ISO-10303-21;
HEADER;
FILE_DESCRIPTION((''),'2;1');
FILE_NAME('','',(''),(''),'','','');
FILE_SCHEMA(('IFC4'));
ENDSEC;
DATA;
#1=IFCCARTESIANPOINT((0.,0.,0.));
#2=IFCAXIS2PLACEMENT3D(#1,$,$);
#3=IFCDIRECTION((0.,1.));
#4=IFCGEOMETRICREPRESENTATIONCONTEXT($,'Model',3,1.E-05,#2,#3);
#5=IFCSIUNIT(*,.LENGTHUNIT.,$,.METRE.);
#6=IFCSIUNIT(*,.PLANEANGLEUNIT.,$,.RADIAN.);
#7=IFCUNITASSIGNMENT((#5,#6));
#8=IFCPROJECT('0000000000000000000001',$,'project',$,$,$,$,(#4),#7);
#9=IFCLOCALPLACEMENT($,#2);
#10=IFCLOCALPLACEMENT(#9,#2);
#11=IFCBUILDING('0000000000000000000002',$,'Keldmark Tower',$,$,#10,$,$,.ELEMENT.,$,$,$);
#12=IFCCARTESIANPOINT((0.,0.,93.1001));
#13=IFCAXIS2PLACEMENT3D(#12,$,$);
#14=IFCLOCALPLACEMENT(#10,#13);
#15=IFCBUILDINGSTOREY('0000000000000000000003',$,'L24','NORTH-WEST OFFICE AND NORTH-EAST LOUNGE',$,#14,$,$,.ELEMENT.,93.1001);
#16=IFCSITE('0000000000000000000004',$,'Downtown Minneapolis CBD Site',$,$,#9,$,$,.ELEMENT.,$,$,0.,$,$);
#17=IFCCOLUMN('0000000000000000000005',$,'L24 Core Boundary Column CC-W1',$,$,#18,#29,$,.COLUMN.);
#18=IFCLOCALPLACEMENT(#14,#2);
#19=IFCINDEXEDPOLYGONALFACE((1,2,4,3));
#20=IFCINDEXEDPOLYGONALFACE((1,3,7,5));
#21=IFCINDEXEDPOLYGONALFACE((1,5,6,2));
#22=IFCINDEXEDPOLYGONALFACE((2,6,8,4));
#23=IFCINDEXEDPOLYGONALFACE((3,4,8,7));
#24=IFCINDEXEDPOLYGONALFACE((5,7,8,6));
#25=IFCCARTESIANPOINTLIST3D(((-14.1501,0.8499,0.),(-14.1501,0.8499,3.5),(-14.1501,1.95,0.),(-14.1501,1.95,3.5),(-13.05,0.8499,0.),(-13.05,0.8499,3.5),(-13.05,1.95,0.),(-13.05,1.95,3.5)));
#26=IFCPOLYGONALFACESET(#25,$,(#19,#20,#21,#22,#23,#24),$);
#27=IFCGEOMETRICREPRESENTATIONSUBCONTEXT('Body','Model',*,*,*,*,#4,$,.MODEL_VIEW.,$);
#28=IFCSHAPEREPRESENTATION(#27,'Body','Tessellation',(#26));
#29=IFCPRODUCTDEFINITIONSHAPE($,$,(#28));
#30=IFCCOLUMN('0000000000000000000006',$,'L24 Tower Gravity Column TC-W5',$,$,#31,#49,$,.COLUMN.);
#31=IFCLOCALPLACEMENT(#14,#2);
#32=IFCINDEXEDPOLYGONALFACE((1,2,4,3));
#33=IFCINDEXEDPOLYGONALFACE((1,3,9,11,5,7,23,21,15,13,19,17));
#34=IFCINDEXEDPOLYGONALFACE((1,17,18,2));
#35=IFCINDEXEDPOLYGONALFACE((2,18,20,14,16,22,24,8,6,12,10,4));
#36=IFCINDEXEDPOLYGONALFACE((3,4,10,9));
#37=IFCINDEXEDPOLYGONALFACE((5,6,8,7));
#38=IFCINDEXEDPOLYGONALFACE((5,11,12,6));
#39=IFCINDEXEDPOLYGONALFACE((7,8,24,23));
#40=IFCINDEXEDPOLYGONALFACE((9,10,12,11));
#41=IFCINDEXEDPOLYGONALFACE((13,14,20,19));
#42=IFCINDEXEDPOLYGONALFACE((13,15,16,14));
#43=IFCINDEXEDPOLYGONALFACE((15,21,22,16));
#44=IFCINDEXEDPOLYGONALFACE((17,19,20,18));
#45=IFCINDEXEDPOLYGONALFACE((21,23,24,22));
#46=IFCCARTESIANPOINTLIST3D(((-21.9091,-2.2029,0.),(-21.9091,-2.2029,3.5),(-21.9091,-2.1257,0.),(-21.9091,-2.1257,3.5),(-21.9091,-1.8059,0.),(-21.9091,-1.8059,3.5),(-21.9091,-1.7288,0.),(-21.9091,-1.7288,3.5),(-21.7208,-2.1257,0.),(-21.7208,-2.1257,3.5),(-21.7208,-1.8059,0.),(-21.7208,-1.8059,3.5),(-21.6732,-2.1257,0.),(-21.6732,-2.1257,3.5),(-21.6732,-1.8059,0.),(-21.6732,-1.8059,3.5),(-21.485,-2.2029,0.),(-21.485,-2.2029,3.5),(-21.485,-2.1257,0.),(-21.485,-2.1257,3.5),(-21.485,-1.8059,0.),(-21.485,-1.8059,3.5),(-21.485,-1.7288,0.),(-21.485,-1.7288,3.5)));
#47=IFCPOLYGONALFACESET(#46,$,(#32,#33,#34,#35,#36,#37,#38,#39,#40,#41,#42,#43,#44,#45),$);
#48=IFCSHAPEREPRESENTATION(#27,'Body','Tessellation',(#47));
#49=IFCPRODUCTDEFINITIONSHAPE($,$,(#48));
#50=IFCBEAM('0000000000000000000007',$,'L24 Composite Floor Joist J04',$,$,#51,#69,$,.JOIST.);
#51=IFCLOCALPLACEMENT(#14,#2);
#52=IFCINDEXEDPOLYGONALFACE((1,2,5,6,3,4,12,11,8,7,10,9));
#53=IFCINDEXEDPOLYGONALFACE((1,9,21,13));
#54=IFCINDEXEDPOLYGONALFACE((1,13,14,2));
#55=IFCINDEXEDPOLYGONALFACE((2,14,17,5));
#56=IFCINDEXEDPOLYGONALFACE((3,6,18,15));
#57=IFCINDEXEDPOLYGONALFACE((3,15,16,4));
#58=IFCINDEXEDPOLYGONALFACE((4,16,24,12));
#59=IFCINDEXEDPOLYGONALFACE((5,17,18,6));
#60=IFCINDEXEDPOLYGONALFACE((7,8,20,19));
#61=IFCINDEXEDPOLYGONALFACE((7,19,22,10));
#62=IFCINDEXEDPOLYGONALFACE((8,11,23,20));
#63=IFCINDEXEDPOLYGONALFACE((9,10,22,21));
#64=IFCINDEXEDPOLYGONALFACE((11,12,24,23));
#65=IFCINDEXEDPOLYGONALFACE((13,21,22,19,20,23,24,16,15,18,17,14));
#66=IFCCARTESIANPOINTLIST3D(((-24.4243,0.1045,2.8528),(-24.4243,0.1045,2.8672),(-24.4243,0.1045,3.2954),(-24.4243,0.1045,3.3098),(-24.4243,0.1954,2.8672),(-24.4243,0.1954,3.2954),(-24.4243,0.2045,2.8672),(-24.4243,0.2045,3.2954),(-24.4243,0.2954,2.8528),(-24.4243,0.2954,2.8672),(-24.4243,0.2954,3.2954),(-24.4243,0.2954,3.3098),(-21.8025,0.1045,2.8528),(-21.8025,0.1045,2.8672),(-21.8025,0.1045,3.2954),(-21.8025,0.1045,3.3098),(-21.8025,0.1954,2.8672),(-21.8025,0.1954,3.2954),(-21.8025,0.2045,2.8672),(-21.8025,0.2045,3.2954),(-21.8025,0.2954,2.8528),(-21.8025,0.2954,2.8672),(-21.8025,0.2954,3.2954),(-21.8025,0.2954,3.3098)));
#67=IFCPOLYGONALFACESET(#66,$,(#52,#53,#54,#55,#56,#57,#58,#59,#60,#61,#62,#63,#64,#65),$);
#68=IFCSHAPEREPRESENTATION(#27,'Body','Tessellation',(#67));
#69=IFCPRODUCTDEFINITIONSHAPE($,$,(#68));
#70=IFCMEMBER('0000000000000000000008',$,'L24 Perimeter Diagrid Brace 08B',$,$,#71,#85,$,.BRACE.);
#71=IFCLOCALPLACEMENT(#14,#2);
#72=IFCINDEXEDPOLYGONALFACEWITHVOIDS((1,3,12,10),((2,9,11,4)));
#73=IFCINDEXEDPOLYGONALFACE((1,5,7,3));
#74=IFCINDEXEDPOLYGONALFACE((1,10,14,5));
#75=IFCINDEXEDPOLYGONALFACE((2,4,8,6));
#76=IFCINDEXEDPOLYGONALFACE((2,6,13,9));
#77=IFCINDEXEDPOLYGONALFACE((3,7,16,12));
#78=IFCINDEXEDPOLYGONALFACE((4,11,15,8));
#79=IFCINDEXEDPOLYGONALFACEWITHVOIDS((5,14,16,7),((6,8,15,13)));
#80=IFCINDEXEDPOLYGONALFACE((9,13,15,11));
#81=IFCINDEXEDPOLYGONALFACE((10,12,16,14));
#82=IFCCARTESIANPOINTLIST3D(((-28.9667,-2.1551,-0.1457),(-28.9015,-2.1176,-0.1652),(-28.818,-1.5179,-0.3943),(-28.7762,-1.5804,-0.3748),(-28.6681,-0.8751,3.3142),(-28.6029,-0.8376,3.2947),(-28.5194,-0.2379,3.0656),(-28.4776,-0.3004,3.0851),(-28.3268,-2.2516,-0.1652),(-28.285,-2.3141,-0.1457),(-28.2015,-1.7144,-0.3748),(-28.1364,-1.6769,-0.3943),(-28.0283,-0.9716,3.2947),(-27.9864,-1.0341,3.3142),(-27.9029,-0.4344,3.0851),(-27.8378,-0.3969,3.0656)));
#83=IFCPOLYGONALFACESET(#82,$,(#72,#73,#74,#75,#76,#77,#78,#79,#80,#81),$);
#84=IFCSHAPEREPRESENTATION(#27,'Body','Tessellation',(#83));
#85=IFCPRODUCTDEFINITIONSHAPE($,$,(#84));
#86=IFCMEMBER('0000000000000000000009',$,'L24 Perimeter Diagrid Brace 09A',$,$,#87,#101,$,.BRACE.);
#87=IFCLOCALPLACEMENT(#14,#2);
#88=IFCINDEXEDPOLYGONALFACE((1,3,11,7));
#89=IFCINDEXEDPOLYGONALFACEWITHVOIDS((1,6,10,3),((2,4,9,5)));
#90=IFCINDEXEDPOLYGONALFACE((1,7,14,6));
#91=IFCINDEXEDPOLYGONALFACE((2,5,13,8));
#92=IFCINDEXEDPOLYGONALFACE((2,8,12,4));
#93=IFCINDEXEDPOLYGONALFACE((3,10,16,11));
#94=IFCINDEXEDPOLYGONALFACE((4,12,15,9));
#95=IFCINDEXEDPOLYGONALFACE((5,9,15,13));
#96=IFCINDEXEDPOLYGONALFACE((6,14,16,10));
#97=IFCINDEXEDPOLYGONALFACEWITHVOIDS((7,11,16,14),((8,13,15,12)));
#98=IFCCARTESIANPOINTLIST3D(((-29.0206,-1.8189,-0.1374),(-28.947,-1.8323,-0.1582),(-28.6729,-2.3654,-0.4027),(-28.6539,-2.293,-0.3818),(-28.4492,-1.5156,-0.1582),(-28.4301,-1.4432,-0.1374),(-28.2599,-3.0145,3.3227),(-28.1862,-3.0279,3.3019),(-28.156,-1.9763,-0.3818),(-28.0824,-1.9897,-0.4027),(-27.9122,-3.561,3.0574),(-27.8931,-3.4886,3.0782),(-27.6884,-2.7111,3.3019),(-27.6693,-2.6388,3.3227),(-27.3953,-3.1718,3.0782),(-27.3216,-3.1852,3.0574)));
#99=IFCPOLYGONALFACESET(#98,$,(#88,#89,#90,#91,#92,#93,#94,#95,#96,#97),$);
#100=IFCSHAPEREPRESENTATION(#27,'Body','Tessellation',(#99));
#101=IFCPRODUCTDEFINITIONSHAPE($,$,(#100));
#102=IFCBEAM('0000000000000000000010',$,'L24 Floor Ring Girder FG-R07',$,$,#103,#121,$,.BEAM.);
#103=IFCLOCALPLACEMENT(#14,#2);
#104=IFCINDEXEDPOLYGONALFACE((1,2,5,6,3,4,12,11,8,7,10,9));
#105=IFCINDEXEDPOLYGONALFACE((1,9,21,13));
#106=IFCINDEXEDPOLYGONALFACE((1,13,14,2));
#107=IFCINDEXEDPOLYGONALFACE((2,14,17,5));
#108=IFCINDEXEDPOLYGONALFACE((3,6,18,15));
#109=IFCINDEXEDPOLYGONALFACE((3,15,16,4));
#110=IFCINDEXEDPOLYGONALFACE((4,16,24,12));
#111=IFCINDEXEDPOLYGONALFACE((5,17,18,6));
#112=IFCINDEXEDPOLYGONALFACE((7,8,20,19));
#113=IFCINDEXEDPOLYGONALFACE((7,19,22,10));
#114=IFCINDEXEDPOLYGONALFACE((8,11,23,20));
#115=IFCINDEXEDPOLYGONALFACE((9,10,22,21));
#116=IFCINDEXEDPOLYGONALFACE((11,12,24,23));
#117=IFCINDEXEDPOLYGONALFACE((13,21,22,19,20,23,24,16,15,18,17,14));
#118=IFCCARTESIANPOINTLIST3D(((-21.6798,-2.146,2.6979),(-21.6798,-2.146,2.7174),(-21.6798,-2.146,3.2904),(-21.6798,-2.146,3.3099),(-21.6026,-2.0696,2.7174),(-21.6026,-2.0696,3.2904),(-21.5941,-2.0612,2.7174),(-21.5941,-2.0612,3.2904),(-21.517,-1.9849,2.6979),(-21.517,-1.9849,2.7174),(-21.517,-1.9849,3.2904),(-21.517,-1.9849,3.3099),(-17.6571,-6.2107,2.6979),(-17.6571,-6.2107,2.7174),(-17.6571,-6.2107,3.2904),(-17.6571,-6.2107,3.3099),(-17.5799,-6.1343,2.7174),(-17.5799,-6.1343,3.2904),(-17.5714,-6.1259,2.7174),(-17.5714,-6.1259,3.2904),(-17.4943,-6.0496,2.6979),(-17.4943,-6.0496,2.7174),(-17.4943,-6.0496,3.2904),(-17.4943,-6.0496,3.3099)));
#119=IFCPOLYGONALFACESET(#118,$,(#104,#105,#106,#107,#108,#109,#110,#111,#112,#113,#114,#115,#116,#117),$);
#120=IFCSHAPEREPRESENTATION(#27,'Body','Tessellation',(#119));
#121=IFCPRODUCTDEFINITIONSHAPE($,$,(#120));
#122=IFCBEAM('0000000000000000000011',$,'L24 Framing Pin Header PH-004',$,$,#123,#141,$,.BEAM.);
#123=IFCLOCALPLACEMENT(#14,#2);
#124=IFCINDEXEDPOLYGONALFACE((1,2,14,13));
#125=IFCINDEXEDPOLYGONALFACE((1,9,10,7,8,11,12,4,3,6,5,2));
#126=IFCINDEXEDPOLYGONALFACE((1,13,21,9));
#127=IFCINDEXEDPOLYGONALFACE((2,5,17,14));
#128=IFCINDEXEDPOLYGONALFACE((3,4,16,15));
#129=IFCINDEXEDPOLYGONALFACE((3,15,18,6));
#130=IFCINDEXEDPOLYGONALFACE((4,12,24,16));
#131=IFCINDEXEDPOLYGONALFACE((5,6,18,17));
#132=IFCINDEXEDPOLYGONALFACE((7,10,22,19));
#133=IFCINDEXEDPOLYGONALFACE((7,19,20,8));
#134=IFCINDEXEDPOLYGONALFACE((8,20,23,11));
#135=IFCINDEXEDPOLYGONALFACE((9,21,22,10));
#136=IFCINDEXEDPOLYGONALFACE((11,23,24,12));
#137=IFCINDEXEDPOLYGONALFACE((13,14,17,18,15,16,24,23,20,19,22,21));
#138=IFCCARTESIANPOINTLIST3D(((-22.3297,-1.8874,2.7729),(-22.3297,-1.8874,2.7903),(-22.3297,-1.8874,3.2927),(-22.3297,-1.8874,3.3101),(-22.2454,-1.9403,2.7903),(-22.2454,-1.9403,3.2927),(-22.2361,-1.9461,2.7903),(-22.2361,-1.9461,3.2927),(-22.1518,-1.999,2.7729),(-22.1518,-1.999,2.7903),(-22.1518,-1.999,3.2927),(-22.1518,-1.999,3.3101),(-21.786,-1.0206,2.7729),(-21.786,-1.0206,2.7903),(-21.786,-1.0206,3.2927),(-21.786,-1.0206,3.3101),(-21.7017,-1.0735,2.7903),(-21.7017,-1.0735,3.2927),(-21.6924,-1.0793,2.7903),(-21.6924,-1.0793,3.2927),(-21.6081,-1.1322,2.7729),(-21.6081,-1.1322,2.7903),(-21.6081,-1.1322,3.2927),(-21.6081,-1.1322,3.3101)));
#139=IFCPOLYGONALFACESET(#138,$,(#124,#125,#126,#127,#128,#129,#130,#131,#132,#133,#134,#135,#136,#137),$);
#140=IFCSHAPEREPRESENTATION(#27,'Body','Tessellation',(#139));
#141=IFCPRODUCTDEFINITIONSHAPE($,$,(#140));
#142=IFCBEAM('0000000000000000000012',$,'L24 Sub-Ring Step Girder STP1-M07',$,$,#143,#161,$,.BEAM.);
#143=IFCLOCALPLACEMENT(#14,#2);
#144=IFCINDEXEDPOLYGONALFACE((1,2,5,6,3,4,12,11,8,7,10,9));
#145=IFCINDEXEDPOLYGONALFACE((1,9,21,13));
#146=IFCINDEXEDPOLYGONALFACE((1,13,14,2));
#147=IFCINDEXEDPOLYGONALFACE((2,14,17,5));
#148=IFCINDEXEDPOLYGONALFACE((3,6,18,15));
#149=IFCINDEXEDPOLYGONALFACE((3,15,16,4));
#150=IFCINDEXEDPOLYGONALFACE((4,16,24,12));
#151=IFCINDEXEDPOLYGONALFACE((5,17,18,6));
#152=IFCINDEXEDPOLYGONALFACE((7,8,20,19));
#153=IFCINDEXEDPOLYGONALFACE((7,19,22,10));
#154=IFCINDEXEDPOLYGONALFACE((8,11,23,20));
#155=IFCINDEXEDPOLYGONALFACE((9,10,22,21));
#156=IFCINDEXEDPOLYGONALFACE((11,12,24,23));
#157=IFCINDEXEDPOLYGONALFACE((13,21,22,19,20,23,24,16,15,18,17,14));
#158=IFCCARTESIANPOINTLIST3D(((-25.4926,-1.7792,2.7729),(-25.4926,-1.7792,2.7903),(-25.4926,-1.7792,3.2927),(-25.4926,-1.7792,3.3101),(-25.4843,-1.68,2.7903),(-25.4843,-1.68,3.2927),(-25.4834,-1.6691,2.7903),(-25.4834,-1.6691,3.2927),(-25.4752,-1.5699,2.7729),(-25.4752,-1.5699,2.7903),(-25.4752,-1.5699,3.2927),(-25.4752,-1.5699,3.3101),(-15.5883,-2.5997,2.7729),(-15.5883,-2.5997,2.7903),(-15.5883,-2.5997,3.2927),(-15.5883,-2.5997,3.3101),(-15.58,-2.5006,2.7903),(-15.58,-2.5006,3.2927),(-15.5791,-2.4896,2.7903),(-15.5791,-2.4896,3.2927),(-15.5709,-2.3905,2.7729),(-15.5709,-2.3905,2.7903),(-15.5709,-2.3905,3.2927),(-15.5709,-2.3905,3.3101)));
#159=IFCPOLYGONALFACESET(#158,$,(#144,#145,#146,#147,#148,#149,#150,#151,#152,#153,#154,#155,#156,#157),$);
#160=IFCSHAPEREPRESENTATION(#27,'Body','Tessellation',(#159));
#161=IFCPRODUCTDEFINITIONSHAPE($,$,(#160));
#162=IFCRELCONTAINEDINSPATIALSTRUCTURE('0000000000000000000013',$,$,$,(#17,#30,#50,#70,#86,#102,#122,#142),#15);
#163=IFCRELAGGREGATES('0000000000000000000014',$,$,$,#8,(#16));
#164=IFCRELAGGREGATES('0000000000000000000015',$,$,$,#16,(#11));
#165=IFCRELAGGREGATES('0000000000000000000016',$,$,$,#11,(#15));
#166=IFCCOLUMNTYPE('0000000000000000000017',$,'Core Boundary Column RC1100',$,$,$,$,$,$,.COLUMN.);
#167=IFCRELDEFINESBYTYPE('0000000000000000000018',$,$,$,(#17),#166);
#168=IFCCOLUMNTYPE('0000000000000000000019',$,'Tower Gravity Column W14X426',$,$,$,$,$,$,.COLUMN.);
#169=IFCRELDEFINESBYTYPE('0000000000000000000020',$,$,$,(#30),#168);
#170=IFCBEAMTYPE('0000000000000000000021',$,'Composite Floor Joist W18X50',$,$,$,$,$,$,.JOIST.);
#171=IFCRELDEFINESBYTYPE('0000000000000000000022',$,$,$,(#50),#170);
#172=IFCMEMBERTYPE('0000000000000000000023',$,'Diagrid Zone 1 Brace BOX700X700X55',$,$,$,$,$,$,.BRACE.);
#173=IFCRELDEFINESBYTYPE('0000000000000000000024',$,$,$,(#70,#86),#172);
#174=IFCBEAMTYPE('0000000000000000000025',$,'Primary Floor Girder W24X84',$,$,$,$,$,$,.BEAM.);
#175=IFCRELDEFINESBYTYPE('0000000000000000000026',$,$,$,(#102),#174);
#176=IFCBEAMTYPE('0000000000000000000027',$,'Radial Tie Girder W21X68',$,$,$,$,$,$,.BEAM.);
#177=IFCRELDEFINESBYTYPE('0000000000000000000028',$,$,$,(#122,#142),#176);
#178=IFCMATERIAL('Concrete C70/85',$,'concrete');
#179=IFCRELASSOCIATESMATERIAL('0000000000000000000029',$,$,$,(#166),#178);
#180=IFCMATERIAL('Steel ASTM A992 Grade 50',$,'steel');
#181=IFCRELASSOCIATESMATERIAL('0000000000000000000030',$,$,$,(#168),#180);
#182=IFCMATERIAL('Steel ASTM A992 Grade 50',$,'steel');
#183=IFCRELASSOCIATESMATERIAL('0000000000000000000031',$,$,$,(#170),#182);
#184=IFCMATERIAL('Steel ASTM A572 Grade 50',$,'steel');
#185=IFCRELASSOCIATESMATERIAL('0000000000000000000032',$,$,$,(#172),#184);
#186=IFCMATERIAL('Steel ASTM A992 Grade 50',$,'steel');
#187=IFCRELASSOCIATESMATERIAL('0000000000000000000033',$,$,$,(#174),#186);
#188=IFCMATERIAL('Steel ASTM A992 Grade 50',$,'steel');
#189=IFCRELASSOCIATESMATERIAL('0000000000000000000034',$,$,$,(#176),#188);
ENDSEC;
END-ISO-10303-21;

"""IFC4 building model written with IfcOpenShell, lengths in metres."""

from ifc_helpers import new_model, si_unit, direction, frame, origin, origin_2d, place, context, subcontext, project, spatial, rectangle, hollow_rectangle, i_section, extrude, material, material_profile, profile_set, type_object, element, save


model = new_model("IFC4")

# Units and contexts
model_context = context("Model", 3, precision=1e-05, world=origin(), true_north=direction((0.0, 1.0)))
body_context = subcontext(model_context, "Body", "Model", "MODEL_VIEW")
ifc_project = project(units=[si_unit("LENGTHUNIT", "METRE"), si_unit("PLANEANGLEUNIT", "RADIAN")], contexts=[model_context])

# Site, building, storey
site_placement = place(None, origin())
site = spatial("IfcSite", under=ifc_project, at=site_placement, Name="Downtown Minneapolis CBD Site", CompositionType="ELEMENT", RefElevation=0.0)
building_placement = place(site_placement, origin())
building = spatial("IfcBuilding", under=site, at=building_placement, Name="Keldmark Tower", CompositionType="ELEMENT")
storey_placement = place(building_placement, frame((0.0, 0.0, 93.1001)))
storey = spatial("IfcBuildingStorey", under=building, at=storey_placement, Name="L24", Description="NORTH-WEST OFFICE AND NORTH-EAST LOUNGE", CompositionType="ELEMENT", Elevation=93.1001)

# Columns
ifc_material_1 = material(Name="Concrete C70/85", Category="concrete")
ifc_material_profile_1 = material_profile(ifc_material_1, rectangle(XDim=1.1001, YDim=1.1001, at=origin_2d()), Name="RC1100X1100")
ifc_profile_set_1 = profile_set([ifc_material_profile_1], Name="Concrete C70/85")
column_type_1 = type_object("IfcColumnType", Name="Core Boundary Column RC1100", PredefinedType="COLUMN", material=ifc_profile_set_1)
column_1_placement = place(storey_placement, frame((-13.6001, 1.3999, 0.0), z_axis=(0.0, 0.0, 1.0), x_axis=(1.0, 0.0, 0.0)))
element("IfcColumn", 1, at=column_1_placement, inside=storey, type_object=column_type_1, Name="L24 Core Boundary Column CC-W1", PredefinedType="COLUMN", context=body_context, shape_type="SweptSolid", body=[
    extrude(rectangle(XDim=1.1001, YDim=1.1001, at=origin_2d()), origin(), (0.0, 0.0, 1.0), 3.5),
])
ifc_material_2 = material(Name="Steel ASTM A992 Grade 50", Category="steel")
ifc_material_profile_2 = material_profile(ifc_material_2, i_section(OverallWidth=0.4241, OverallDepth=0.4741, WebThickness=0.0476, FlangeThickness=0.0771, at=origin_2d()), Name="W14X426")
ifc_profile_set_2 = profile_set([ifc_material_profile_2], Name="Steel ASTM A992 Grade 50")
column_type_2 = type_object("IfcColumnType", Name="Tower Gravity Column W14X426", PredefinedType="COLUMN", material=ifc_profile_set_2)
column_2_placement = place(storey_placement, frame((-21.697, -1.9658, 0.0), z_axis=(0.0, 0.0, 1.0), x_axis=(1.0, 0.0, 0.0)))
element("IfcColumn", 2, at=column_2_placement, inside=storey, type_object=column_type_2, Name="L24 Tower Gravity Column TC-W5", PredefinedType="COLUMN", context=body_context, shape_type="SweptSolid", body=[
    extrude(i_section(OverallWidth=0.4241, OverallDepth=0.4741, WebThickness=0.0476, FlangeThickness=0.0771, at=origin_2d()), origin(), (0.0, 0.0, 1.0), 3.5),
])

# Beam
ifc_material_3 = material(Name="Steel ASTM A992 Grade 50", Category="steel")
ifc_material_profile_3 = material_profile(ifc_material_3, i_section(OverallWidth=0.1909, OverallDepth=0.457, WebThickness=0.009, FlangeThickness=0.0144, at=origin_2d()), Name="W18X50")
ifc_profile_set_3 = profile_set([ifc_material_profile_3], Name="Steel ASTM A992 Grade 50")
beam_type_1 = type_object("IfcBeamType", Name="Composite Floor Joist W18X50", PredefinedType="JOIST", material=ifc_profile_set_3)
beam_1_placement = place(storey_placement, frame((-24.4243, 0.2, 3.0813), z_axis=(1.0, 0.0, 0.0), x_axis=(0.0, 1.0, 0.0)))
element("IfcBeam", 3, at=beam_1_placement, inside=storey, type_object=beam_type_1, Name="L24 Composite Floor Joist J04", PredefinedType="JOIST", context=body_context, shape_type="SweptSolid", body=[
    extrude(i_section(OverallWidth=0.1909, OverallDepth=0.457, WebThickness=0.009, FlangeThickness=0.0144, at=origin_2d()), origin(), (0.0, 0.0, 1.0), 2.6218),
])

# Members
ifc_material_4 = material(Name="Steel ASTM A572 Grade 50", Category="steel")
ifc_material_profile_4 = material_profile(ifc_material_4, hollow_rectangle(XDim=0.7, YDim=0.7, WallThickness=0.0549, at=origin_2d()), Name="BOX700X700X55")
ifc_profile_set_4 = profile_set([ifc_material_profile_4], Name="Steel ASTM A572 Grade 50")
member_type = type_object("IfcMemberType", Name="Diagrid Zone 1 Brace BOX700X700X55", PredefinedType="BRACE", material=ifc_profile_set_4)
member_1_placement = place(storey_placement, frame((-28.5515, -1.916, -0.27), z_axis=(0.080672, 0.345841, 0.934819), x_axis=(-0.973856, 0.227165, 0.0)))
element("IfcMember", 4, at=member_1_placement, inside=storey, type_object=member_type, Name="L24 Perimeter Diagrid Brace 08B", PredefinedType="BRACE", context=body_context, shape_type="SweptSolid", body=[
    extrude(hollow_rectangle(XDim=0.7, YDim=0.7, WallThickness=0.0549, at=origin_2d()), origin(), (0.0, 0.0, 1.0), 3.7012),
])
member_2_placement = place(storey_placement, frame((-28.5515, -1.9043, -0.27), z_axis=(0.203467, -0.319761, 0.925394), x_axis=(0.843683, 0.536842, 0.0)))
element("IfcMember", 5, at=member_2_placement, inside=storey, type_object=member_type, Name="L24 Perimeter Diagrid Brace 09A", PredefinedType="BRACE", context=body_context, shape_type="SweptSolid", body=[
    extrude(hollow_rectangle(XDim=0.7, YDim=0.7, WallThickness=0.0549, at=origin_2d()), origin(), (0.0, 0.0, 1.0), 3.739),
])

# Beams
ifc_material_5 = material(Name="Steel ASTM A992 Grade 50", Category="steel")
ifc_material_profile_5 = material_profile(ifc_material_5, i_section(OverallWidth=0.229, OverallDepth=0.6121, WebThickness=0.012, FlangeThickness=0.0195, at=origin_2d()), Name="W24X84")
ifc_profile_set_5 = profile_set([ifc_material_profile_5], Name="Steel ASTM A992 Grade 50")
beam_type_2 = type_object("IfcBeamType", Name="Primary Floor Girder W24X84", PredefinedType="BEAM", material=ifc_profile_set_5)
beam_2_placement = place(storey_placement, frame((-21.5984, -2.0654, 3.0039), z_axis=(0.703426, -0.710769, 0.0), x_axis=(0.710769, 0.703426, 0.0)))
element("IfcBeam", 6, at=beam_2_placement, inside=storey, type_object=beam_type_2, Name="L24 Floor Ring Girder FG-R07", PredefinedType="BEAM", context=body_context, shape_type="SweptSolid", body=[
    extrude(i_section(OverallWidth=0.229, OverallDepth=0.6121, WebThickness=0.012, FlangeThickness=0.0195, at=origin_2d()), origin(), (0.0, 0.0, 1.0), 5.7188),
])
ifc_material_6 = material(Name="Steel ASTM A992 Grade 50", Category="steel")
ifc_material_profile_6 = material_profile(ifc_material_6, i_section(OverallWidth=0.21, OverallDepth=0.5371, WebThickness=0.011, FlangeThickness=0.0173, at=origin_2d()), Name="W21X68")
ifc_profile_set_6 = profile_set([ifc_material_profile_6], Name="Steel ASTM A992 Grade 50")
beam_type_3 = type_object("IfcBeamType", Name="Radial Tie Girder W21X68", PredefinedType="BEAM", material=ifc_profile_set_6)
beam_3_placement = place(storey_placement, frame((-21.697, -1.0764, 3.0415), z_axis=(-0.531414, -0.847112, 0.0), x_axis=(0.847112, -0.531414, 0.0)))
element("IfcBeam", 7, at=beam_3_placement, inside=storey, type_object=beam_type_3, Name="L24 Framing Pin Header PH-004", PredefinedType="BEAM", context=body_context, shape_type="SweptSolid", body=[
    extrude(i_section(OverallWidth=0.21, OverallDepth=0.5371, WebThickness=0.011, FlangeThickness=0.0173, at=origin_2d()), origin(), (0.0, 0.0, 1.0), 1.0232),
])
beam_4_placement = place(storey_placement, frame((-15.5796, -2.4951, 3.0415), z_axis=(-0.996586, 0.082566, 0.0), x_axis=(-0.082566, -0.996586, 0.0)))
element("IfcBeam", 8, at=beam_4_placement, inside=storey, type_object=beam_type_3, Name="L24 Sub-Ring Step Girder STP1-M07", PredefinedType="BEAM", context=body_context, shape_type="SweptSolid", body=[
    extrude(i_section(OverallWidth=0.21, OverallDepth=0.5371, WebThickness=0.011, FlangeThickness=0.0173, at=origin_2d()), origin(), (0.0, 0.0, 1.0), 9.9382),
])

save(model, "model.ifc")
